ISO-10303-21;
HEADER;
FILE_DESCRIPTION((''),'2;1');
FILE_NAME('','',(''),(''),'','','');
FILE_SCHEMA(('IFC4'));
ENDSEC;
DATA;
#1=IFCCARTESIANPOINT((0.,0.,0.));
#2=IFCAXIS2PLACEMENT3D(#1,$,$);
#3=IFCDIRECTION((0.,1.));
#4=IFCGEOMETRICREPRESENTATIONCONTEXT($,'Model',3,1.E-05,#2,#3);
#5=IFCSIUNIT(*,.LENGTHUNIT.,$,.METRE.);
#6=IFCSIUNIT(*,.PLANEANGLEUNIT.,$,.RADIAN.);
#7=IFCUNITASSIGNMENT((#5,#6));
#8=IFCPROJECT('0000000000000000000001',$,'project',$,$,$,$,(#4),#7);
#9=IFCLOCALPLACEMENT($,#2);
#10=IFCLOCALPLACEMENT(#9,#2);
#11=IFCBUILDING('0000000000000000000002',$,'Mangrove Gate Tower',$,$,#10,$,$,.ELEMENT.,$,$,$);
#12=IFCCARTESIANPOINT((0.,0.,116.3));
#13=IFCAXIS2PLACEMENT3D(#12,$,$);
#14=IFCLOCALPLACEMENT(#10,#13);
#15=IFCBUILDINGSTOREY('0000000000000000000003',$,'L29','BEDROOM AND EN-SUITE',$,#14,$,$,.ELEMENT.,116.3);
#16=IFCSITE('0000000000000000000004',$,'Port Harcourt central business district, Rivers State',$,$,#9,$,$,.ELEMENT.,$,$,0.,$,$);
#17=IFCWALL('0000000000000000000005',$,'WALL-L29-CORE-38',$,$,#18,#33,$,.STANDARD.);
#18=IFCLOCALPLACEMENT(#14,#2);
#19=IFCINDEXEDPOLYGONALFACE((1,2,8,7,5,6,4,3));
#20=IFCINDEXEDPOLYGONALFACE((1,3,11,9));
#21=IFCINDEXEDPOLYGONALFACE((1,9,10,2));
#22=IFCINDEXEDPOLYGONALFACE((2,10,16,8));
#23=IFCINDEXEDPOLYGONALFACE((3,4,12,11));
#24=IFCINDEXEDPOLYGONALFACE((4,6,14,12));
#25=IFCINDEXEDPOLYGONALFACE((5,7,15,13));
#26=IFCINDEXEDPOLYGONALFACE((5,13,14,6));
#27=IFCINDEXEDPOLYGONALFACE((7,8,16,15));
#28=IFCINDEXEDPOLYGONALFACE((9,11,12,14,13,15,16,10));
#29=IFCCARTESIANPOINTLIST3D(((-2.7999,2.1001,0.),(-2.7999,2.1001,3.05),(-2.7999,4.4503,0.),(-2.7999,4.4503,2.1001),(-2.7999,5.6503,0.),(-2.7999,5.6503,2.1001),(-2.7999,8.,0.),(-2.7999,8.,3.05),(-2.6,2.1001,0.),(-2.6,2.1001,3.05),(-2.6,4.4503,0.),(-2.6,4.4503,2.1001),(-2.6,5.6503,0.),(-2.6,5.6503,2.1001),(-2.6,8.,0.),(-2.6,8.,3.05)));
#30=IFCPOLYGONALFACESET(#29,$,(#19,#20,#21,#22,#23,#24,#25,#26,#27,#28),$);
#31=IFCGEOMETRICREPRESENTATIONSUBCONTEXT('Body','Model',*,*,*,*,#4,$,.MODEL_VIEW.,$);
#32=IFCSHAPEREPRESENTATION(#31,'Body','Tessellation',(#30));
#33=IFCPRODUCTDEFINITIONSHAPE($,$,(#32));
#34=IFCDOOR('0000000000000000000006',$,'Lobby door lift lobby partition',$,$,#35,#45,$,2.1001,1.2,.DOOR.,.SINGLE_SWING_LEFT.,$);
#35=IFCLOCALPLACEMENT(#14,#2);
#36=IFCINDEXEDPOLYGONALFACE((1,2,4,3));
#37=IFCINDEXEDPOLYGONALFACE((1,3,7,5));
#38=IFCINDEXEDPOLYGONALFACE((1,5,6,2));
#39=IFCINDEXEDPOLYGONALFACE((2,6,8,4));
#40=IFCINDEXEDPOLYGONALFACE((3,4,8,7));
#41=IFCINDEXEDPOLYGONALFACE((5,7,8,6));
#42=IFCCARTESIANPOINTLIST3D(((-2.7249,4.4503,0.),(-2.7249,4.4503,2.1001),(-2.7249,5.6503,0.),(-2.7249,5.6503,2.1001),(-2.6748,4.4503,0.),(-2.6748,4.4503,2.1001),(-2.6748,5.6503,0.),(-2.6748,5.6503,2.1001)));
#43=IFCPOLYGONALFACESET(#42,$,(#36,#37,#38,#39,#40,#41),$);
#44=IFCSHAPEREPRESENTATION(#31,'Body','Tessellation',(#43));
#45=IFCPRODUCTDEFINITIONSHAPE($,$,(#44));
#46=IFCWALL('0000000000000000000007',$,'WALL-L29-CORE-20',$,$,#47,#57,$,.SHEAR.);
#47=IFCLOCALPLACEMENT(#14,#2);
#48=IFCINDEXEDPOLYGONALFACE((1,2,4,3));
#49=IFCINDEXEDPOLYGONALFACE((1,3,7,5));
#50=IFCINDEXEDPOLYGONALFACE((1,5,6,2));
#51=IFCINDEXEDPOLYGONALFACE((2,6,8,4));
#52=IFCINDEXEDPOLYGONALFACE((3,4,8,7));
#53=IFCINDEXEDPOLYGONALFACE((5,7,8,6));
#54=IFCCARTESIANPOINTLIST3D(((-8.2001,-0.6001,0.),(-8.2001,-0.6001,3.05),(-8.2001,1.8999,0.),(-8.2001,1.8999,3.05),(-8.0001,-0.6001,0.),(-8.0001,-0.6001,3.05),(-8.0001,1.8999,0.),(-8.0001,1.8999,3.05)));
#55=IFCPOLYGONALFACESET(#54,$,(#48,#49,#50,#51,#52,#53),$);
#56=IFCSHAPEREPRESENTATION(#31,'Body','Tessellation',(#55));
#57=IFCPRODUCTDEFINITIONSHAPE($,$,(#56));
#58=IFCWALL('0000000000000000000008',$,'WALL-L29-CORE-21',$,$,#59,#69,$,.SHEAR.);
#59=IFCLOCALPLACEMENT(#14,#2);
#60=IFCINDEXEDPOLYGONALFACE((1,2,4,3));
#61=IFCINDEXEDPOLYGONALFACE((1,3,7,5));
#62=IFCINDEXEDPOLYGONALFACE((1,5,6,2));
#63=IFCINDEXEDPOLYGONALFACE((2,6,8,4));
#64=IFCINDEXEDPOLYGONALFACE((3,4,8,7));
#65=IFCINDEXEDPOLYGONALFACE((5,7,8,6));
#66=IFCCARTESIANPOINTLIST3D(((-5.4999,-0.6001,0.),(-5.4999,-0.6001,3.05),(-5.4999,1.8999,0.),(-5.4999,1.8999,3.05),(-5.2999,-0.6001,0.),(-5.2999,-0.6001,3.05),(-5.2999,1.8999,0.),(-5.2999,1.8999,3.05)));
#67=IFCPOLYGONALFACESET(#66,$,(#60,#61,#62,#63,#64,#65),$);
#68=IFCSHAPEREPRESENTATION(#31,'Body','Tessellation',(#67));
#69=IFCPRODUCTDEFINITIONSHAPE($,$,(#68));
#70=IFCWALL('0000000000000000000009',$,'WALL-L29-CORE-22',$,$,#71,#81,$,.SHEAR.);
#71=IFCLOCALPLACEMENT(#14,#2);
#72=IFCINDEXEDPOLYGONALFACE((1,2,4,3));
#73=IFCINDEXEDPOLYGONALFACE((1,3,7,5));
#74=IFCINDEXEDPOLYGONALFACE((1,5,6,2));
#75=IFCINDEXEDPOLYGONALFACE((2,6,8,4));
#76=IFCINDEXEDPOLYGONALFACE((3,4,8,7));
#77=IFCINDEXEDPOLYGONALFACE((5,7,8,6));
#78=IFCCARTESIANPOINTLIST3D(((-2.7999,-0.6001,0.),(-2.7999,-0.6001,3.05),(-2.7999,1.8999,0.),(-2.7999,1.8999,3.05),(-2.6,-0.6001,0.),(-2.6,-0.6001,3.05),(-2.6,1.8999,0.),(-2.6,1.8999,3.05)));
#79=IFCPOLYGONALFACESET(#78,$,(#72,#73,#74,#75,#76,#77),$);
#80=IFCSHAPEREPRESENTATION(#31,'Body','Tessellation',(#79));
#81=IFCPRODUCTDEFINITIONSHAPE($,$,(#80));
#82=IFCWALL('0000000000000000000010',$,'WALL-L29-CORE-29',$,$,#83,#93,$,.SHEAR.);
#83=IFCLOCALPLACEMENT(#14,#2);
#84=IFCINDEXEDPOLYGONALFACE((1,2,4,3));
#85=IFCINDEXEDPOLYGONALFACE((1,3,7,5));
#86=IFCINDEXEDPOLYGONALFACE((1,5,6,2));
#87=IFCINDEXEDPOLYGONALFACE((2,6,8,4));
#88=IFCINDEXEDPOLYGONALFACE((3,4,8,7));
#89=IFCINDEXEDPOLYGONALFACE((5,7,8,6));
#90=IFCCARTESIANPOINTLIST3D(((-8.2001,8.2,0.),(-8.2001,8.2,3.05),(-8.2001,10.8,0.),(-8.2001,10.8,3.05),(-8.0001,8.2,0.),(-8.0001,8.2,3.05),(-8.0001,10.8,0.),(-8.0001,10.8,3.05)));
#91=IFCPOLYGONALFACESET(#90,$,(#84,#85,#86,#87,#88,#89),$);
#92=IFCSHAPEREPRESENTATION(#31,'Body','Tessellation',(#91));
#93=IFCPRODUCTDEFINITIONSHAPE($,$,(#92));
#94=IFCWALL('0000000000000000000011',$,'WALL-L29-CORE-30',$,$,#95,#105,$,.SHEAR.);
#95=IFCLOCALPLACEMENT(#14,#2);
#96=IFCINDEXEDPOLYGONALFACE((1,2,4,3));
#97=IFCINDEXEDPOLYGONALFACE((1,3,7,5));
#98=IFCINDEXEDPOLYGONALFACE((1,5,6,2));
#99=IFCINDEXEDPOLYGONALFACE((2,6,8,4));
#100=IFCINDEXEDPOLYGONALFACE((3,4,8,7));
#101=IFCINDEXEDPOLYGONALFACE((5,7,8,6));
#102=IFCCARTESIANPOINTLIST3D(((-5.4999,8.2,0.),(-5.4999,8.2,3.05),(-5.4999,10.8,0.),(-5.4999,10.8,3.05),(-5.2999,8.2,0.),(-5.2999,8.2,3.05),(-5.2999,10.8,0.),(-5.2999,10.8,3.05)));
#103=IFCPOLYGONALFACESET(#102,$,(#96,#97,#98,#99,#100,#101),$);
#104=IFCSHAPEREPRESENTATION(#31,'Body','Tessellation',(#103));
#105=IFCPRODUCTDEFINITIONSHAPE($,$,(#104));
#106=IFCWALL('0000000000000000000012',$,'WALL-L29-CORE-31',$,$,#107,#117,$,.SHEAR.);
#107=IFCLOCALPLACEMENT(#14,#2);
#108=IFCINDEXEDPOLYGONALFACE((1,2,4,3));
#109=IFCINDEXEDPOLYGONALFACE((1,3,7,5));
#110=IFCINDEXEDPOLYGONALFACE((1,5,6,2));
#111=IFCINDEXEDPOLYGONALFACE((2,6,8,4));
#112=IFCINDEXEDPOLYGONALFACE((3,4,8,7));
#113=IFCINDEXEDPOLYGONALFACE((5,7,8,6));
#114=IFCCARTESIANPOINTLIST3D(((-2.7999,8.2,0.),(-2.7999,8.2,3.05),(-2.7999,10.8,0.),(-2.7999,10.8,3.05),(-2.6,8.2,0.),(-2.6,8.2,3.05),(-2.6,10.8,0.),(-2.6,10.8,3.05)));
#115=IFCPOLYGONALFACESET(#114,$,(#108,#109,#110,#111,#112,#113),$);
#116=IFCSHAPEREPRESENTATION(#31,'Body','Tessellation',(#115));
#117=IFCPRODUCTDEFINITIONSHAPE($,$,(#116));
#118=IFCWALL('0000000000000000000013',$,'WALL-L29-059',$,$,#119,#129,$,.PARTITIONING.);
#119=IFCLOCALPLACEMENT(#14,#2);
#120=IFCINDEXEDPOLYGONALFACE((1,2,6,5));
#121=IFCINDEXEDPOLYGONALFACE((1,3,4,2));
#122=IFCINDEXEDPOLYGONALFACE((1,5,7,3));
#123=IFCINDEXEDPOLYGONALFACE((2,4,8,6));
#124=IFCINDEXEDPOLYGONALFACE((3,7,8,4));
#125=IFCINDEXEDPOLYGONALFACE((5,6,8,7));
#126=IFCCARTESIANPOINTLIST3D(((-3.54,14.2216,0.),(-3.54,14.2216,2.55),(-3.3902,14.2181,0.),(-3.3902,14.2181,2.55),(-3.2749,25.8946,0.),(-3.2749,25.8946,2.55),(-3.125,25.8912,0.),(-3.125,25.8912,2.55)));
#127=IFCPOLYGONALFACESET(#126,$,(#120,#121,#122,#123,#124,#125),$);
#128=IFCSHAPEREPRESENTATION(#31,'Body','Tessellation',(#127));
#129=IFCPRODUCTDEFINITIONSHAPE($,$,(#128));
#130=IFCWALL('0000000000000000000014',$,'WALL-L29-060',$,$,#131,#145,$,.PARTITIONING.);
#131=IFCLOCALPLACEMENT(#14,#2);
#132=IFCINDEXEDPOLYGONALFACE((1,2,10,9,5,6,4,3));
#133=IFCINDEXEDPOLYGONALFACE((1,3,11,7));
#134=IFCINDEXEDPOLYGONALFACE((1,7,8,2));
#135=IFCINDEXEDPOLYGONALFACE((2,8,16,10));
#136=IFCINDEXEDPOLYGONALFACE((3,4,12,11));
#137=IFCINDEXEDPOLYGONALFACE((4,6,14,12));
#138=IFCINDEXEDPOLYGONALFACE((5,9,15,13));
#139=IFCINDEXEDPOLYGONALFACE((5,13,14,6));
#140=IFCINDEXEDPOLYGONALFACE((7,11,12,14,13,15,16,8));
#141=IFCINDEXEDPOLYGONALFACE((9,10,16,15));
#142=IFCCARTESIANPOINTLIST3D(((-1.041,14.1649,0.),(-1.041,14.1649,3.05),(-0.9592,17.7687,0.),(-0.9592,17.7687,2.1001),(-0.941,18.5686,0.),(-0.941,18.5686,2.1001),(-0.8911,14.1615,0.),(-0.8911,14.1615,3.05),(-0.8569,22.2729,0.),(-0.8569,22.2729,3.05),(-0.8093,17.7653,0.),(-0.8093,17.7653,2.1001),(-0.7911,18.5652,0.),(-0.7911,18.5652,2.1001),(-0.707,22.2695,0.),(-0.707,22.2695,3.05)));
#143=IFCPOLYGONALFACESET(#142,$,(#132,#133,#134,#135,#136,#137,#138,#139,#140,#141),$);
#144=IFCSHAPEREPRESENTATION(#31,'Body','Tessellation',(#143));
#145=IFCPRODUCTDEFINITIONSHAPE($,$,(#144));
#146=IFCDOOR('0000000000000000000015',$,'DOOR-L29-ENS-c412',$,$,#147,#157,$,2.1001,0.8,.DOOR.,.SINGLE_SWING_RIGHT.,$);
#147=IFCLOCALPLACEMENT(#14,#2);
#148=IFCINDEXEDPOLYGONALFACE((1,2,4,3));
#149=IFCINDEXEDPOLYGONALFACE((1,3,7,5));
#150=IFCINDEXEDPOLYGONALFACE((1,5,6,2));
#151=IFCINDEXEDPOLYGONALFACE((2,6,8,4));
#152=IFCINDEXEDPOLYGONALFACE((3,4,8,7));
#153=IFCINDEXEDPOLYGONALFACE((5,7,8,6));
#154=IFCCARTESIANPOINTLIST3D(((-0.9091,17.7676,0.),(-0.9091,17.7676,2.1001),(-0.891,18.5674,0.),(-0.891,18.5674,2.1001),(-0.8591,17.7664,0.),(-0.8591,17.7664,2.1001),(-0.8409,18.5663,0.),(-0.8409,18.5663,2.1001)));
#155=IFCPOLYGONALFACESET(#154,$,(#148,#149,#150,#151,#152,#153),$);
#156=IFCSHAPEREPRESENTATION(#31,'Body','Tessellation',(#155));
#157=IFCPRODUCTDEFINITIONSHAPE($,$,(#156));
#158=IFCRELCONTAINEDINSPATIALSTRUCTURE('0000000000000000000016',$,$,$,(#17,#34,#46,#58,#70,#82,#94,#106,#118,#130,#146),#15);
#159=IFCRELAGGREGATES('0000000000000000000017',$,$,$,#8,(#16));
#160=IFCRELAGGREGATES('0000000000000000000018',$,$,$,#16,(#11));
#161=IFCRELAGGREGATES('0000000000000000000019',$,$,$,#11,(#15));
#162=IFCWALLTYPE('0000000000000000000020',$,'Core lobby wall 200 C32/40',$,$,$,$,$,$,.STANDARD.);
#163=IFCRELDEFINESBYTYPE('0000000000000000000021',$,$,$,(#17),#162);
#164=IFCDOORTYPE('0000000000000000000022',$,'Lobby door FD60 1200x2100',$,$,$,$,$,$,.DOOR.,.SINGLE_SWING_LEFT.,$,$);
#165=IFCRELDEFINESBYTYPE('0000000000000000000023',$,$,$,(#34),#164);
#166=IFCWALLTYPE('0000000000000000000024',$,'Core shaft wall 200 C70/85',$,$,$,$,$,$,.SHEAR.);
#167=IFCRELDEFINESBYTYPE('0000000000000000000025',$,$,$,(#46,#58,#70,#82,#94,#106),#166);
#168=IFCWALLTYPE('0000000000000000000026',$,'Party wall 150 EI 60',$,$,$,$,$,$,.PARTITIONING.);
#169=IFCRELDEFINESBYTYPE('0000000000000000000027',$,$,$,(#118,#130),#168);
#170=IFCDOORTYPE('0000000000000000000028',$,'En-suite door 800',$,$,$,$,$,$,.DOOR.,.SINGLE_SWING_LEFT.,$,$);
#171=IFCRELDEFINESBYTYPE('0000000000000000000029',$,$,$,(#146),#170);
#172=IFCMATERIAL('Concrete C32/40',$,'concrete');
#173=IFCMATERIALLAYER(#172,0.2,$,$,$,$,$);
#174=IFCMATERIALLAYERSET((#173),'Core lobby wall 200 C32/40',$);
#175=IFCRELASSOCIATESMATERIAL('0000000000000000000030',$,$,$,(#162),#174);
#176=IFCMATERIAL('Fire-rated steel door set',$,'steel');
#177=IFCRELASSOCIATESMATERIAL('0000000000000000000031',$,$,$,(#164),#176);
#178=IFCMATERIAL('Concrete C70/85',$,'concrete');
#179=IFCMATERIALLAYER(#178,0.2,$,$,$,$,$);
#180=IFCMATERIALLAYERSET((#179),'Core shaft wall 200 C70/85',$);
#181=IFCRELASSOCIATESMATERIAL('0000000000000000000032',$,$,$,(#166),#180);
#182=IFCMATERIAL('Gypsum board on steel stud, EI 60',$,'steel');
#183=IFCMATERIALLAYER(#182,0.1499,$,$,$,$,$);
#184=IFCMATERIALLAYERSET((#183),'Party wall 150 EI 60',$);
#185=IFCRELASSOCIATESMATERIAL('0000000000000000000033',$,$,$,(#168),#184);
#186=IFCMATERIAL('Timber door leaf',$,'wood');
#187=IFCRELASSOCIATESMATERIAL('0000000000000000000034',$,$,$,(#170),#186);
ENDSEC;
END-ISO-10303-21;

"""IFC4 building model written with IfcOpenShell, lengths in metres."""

from ifc_helpers import new_model, si_unit, direction, frame, frame_2d, origin, place, context, subcontext, project, spatial, rectangle, extrude, material, layer, layer_set, type_object, element, fill, save


model = new_model("IFC4")

# Units and contexts
model_context = context("Model", 3, precision=1e-05, world=origin(), true_north=direction((0.0, 1.0)))
body_context = subcontext(model_context, "Body", "Model", "MODEL_VIEW")
ifc_project = project(units=[si_unit("LENGTHUNIT", "METRE"), si_unit("PLANEANGLEUNIT", "RADIAN")], contexts=[model_context])

# Site, building, storey
site_placement = place(None, origin())
site = spatial("IfcSite", under=ifc_project, at=site_placement, Name="Port Harcourt central business district, Rivers State", CompositionType="ELEMENT", RefElevation=0.0)
building_placement = place(site_placement, origin())
building = spatial("IfcBuilding", under=site, at=building_placement, Name="Mangrove Gate Tower", CompositionType="ELEMENT")
storey_placement = place(building_placement, frame((0.0, 0.0, 116.3)))
storey = spatial("IfcBuildingStorey", under=building, at=storey_placement, Name="L29", Description="BEDROOM AND EN-SUITE", CompositionType="ELEMENT", Elevation=116.3)

# Wall, opening, door
ifc_material_1 = material(Name="Concrete C32/40", Category="concrete")
ifc_layer_1 = layer(ifc_material_1, 0.2)
ifc_layer_set_1 = layer_set([ifc_layer_1], Name="Core lobby wall 200 C32/40")
wall_type_1 = type_object("IfcWallType", Name="Core lobby wall 200 C32/40", PredefinedType="STANDARD", material=ifc_layer_set_1)
wall_1_placement = place(storey_placement, frame((-2.7, 2.1001, 0.0), z_axis=(0.0, 0.0, 1.0), x_axis=(0.0, 1.0, 0.0)))
wall_1 = element("IfcWall", 1, at=wall_1_placement, inside=storey, type_object=wall_type_1, Name="WALL-L29-CORE-38", PredefinedType="STANDARD", context=body_context, shape_type="SweptSolid", body=[
    extrude(rectangle(XDim=5.8999, YDim=0.2, at=frame_2d((2.95, 0.0))), origin(), (0.0, 0.0, 1.0), 3.05),
])
opening_1_placement = place(wall_1_placement, frame((2.3501, 0.0, 0.0)))
opening_1 = element("IfcOpeningElement", 2, at=opening_1_placement, cuts=wall_1, PredefinedType="OPENING", context=body_context, shape_type="SweptSolid", body=[
    extrude(rectangle(XDim=1.2, YDim=2.1001, at=frame_2d((0.6001, 1.05))), frame((0.0, 0.1099, 0.0), z_axis=(0.0, -1.0, 0.0), x_axis=(1.0, 0.0, 0.0)), (0.0, 0.0, 1.0), 0.22),
])
ifc_material_2 = material(Name="Fire-rated steel door set", Category="steel")
door_type_1 = type_object("IfcDoorType", Name="Lobby door FD60 1200x2100", OperationType="SINGLE_SWING_LEFT", PredefinedType="DOOR", material=ifc_material_2)
door_1_placement = place(opening_1_placement, origin())
door_1 = element("IfcDoor", 3, at=door_1_placement, inside=storey, type_object=door_type_1, Name="Lobby door lift lobby partition", OperationType="SINGLE_SWING_LEFT", OverallHeight=2.1001, OverallWidth=1.2, PredefinedType="DOOR", context=body_context, shape_type="SweptSolid", body=[
    extrude(rectangle(XDim=1.2, YDim=2.1001, at=frame_2d((0.6001, 1.05))), frame((0.0, 0.0249, 0.0), z_axis=(0.0, -1.0, 0.0), x_axis=(1.0, 0.0, 0.0)), (0.0, 0.0, 1.0), 0.05),
])
fill(opening_1, door_1)

# Walls
ifc_material_3 = material(Name="Concrete C70/85", Category="concrete")
ifc_layer_2 = layer(ifc_material_3, 0.2)
ifc_layer_set_2 = layer_set([ifc_layer_2], Name="Core shaft wall 200 C70/85")
wall_type_2 = type_object("IfcWallType", Name="Core shaft wall 200 C70/85", PredefinedType="SHEAR", material=ifc_layer_set_2)
for number, where, z_axis, x_axis, name in (
    (4, (-8.1001, -0.6001, 0.0), (0.0, 0.0, 1.0), (0.0, 1.0, 0.0), "WALL-L29-CORE-20"),
    (5, (-5.3999, -0.6001, 0.0), (0.0, 0.0, 1.0), (0.0, 1.0, 0.0), "WALL-L29-CORE-21"),
    (6, (-2.7, -0.6001, 0.0), (0.0, 0.0, 1.0), (0.0, 1.0, 0.0), "WALL-L29-CORE-22"),
):
    element("IfcWall", number, at=place(storey_placement, frame(where, z_axis=z_axis, x_axis=x_axis)), inside=storey, type_object=wall_type_2, Name=name, PredefinedType="SHEAR", context=body_context, shape_type="SweptSolid", body=[
        extrude(rectangle(XDim=2.5, YDim=0.2, at=frame_2d((1.25, 0.0))), origin(), (0.0, 0.0, 1.0), 3.05),
    ])
for number, where, z_axis, x_axis, name in (
    (7, (-8.1001, 8.2, 0.0), (0.0, 0.0, 1.0), (0.0, 1.0, 0.0), "WALL-L29-CORE-29"),
    (8, (-5.3999, 8.2, 0.0), (0.0, 0.0, 1.0), (0.0, 1.0, 0.0), "WALL-L29-CORE-30"),
    (9, (-2.7, 8.2, 0.0), (0.0, 0.0, 1.0), (0.0, 1.0, 0.0), "WALL-L29-CORE-31"),
):
    element("IfcWall", number, at=place(storey_placement, frame(where, z_axis=z_axis, x_axis=x_axis)), inside=storey, type_object=wall_type_2, Name=name, PredefinedType="SHEAR", context=body_context, shape_type="SweptSolid", body=[
        extrude(rectangle(XDim=2.6001, YDim=0.2, at=frame_2d((1.3, 0.0))), origin(), (0.0, 0.0, 1.0), 3.05),
    ])
ifc_material_4 = material(Name="Gypsum board on steel stud, EI 60", Category="steel")
ifc_layer_3 = layer(ifc_material_4, 0.1499)
ifc_layer_set_3 = layer_set([ifc_layer_3], Name="Party wall 150 EI 60")
wall_type_3 = type_object("IfcWallType", Name="Party wall 150 EI 60", PredefinedType="PARTITIONING", material=ifc_layer_set_3)
wall_2_placement = place(storey_placement, frame((-3.4651, 14.22, 0.0), z_axis=(0.0, 0.0, 1.0), x_axis=(0.022708, 0.999742, 0.0)))
element("IfcWall", 10, at=wall_2_placement, inside=storey, type_object=wall_type_3, Name="WALL-L29-059", PredefinedType="PARTITIONING", context=body_context, shape_type="SweptSolid", body=[
    extrude(rectangle(XDim=11.676, YDim=0.1499, at=frame_2d((5.8379, 0.0))), origin(), (0.0, 0.0, 1.0), 2.55),
])

# Wall, opening, door
wall_3_placement = place(storey_placement, frame((-0.9661, 14.1631, 0.0), z_axis=(0.0, 0.0, 1.0), x_axis=(0.022698, 0.999742, 0.0)))
wall_3 = element("IfcWall", 11, at=wall_3_placement, inside=storey, type_object=wall_type_3, Name="WALL-L29-060", PredefinedType="PARTITIONING", context=body_context, shape_type="SweptSolid", body=[
    extrude(rectangle(XDim=8.1101, YDim=0.1499, at=frame_2d((4.0552, 0.0))), origin(), (0.0, 0.0, 1.0), 3.05),
])
opening_2_placement = place(wall_3_placement, frame((3.605, 0.0, 0.0)))
opening_2 = element("IfcOpeningElement", 12, at=opening_2_placement, cuts=wall_3, PredefinedType="OPENING", context=body_context, shape_type="SweptSolid", body=[
    extrude(rectangle(XDim=0.8, YDim=2.1001, at=frame_2d((0.3999, 1.05))), frame((0.0, 0.085, 0.0), z_axis=(0.0, -1.0, 0.0), x_axis=(1.0, 0.0, 0.0)), (0.0, 0.0, 1.0), 0.1699),
])
ifc_material_5 = material(Name="Timber door leaf", Category="wood")
door_type_2 = type_object("IfcDoorType", Name="En-suite door 800", OperationType="SINGLE_SWING_LEFT", PredefinedType="DOOR", material=ifc_material_5)
door_2_placement = place(opening_2_placement, origin())
door_2 = element("IfcDoor", 13, at=door_2_placement, inside=storey, type_object=door_type_2, Name="DOOR-L29-ENS-c412", OperationType="SINGLE_SWING_RIGHT", OverallHeight=2.1001, OverallWidth=0.8, PredefinedType="DOOR", context=body_context, shape_type="SweptSolid", body=[
    extrude(rectangle(XDim=0.8, YDim=2.1001, at=frame_2d((0.3999, 1.05))), frame((0.0, 0.0249, 0.0), z_axis=(0.0, -1.0, 0.0), x_axis=(1.0, 0.0, 0.0)), (0.0, 0.0, 1.0), 0.05),
])
fill(opening_2, door_2)

save(model, "model.ifc")
